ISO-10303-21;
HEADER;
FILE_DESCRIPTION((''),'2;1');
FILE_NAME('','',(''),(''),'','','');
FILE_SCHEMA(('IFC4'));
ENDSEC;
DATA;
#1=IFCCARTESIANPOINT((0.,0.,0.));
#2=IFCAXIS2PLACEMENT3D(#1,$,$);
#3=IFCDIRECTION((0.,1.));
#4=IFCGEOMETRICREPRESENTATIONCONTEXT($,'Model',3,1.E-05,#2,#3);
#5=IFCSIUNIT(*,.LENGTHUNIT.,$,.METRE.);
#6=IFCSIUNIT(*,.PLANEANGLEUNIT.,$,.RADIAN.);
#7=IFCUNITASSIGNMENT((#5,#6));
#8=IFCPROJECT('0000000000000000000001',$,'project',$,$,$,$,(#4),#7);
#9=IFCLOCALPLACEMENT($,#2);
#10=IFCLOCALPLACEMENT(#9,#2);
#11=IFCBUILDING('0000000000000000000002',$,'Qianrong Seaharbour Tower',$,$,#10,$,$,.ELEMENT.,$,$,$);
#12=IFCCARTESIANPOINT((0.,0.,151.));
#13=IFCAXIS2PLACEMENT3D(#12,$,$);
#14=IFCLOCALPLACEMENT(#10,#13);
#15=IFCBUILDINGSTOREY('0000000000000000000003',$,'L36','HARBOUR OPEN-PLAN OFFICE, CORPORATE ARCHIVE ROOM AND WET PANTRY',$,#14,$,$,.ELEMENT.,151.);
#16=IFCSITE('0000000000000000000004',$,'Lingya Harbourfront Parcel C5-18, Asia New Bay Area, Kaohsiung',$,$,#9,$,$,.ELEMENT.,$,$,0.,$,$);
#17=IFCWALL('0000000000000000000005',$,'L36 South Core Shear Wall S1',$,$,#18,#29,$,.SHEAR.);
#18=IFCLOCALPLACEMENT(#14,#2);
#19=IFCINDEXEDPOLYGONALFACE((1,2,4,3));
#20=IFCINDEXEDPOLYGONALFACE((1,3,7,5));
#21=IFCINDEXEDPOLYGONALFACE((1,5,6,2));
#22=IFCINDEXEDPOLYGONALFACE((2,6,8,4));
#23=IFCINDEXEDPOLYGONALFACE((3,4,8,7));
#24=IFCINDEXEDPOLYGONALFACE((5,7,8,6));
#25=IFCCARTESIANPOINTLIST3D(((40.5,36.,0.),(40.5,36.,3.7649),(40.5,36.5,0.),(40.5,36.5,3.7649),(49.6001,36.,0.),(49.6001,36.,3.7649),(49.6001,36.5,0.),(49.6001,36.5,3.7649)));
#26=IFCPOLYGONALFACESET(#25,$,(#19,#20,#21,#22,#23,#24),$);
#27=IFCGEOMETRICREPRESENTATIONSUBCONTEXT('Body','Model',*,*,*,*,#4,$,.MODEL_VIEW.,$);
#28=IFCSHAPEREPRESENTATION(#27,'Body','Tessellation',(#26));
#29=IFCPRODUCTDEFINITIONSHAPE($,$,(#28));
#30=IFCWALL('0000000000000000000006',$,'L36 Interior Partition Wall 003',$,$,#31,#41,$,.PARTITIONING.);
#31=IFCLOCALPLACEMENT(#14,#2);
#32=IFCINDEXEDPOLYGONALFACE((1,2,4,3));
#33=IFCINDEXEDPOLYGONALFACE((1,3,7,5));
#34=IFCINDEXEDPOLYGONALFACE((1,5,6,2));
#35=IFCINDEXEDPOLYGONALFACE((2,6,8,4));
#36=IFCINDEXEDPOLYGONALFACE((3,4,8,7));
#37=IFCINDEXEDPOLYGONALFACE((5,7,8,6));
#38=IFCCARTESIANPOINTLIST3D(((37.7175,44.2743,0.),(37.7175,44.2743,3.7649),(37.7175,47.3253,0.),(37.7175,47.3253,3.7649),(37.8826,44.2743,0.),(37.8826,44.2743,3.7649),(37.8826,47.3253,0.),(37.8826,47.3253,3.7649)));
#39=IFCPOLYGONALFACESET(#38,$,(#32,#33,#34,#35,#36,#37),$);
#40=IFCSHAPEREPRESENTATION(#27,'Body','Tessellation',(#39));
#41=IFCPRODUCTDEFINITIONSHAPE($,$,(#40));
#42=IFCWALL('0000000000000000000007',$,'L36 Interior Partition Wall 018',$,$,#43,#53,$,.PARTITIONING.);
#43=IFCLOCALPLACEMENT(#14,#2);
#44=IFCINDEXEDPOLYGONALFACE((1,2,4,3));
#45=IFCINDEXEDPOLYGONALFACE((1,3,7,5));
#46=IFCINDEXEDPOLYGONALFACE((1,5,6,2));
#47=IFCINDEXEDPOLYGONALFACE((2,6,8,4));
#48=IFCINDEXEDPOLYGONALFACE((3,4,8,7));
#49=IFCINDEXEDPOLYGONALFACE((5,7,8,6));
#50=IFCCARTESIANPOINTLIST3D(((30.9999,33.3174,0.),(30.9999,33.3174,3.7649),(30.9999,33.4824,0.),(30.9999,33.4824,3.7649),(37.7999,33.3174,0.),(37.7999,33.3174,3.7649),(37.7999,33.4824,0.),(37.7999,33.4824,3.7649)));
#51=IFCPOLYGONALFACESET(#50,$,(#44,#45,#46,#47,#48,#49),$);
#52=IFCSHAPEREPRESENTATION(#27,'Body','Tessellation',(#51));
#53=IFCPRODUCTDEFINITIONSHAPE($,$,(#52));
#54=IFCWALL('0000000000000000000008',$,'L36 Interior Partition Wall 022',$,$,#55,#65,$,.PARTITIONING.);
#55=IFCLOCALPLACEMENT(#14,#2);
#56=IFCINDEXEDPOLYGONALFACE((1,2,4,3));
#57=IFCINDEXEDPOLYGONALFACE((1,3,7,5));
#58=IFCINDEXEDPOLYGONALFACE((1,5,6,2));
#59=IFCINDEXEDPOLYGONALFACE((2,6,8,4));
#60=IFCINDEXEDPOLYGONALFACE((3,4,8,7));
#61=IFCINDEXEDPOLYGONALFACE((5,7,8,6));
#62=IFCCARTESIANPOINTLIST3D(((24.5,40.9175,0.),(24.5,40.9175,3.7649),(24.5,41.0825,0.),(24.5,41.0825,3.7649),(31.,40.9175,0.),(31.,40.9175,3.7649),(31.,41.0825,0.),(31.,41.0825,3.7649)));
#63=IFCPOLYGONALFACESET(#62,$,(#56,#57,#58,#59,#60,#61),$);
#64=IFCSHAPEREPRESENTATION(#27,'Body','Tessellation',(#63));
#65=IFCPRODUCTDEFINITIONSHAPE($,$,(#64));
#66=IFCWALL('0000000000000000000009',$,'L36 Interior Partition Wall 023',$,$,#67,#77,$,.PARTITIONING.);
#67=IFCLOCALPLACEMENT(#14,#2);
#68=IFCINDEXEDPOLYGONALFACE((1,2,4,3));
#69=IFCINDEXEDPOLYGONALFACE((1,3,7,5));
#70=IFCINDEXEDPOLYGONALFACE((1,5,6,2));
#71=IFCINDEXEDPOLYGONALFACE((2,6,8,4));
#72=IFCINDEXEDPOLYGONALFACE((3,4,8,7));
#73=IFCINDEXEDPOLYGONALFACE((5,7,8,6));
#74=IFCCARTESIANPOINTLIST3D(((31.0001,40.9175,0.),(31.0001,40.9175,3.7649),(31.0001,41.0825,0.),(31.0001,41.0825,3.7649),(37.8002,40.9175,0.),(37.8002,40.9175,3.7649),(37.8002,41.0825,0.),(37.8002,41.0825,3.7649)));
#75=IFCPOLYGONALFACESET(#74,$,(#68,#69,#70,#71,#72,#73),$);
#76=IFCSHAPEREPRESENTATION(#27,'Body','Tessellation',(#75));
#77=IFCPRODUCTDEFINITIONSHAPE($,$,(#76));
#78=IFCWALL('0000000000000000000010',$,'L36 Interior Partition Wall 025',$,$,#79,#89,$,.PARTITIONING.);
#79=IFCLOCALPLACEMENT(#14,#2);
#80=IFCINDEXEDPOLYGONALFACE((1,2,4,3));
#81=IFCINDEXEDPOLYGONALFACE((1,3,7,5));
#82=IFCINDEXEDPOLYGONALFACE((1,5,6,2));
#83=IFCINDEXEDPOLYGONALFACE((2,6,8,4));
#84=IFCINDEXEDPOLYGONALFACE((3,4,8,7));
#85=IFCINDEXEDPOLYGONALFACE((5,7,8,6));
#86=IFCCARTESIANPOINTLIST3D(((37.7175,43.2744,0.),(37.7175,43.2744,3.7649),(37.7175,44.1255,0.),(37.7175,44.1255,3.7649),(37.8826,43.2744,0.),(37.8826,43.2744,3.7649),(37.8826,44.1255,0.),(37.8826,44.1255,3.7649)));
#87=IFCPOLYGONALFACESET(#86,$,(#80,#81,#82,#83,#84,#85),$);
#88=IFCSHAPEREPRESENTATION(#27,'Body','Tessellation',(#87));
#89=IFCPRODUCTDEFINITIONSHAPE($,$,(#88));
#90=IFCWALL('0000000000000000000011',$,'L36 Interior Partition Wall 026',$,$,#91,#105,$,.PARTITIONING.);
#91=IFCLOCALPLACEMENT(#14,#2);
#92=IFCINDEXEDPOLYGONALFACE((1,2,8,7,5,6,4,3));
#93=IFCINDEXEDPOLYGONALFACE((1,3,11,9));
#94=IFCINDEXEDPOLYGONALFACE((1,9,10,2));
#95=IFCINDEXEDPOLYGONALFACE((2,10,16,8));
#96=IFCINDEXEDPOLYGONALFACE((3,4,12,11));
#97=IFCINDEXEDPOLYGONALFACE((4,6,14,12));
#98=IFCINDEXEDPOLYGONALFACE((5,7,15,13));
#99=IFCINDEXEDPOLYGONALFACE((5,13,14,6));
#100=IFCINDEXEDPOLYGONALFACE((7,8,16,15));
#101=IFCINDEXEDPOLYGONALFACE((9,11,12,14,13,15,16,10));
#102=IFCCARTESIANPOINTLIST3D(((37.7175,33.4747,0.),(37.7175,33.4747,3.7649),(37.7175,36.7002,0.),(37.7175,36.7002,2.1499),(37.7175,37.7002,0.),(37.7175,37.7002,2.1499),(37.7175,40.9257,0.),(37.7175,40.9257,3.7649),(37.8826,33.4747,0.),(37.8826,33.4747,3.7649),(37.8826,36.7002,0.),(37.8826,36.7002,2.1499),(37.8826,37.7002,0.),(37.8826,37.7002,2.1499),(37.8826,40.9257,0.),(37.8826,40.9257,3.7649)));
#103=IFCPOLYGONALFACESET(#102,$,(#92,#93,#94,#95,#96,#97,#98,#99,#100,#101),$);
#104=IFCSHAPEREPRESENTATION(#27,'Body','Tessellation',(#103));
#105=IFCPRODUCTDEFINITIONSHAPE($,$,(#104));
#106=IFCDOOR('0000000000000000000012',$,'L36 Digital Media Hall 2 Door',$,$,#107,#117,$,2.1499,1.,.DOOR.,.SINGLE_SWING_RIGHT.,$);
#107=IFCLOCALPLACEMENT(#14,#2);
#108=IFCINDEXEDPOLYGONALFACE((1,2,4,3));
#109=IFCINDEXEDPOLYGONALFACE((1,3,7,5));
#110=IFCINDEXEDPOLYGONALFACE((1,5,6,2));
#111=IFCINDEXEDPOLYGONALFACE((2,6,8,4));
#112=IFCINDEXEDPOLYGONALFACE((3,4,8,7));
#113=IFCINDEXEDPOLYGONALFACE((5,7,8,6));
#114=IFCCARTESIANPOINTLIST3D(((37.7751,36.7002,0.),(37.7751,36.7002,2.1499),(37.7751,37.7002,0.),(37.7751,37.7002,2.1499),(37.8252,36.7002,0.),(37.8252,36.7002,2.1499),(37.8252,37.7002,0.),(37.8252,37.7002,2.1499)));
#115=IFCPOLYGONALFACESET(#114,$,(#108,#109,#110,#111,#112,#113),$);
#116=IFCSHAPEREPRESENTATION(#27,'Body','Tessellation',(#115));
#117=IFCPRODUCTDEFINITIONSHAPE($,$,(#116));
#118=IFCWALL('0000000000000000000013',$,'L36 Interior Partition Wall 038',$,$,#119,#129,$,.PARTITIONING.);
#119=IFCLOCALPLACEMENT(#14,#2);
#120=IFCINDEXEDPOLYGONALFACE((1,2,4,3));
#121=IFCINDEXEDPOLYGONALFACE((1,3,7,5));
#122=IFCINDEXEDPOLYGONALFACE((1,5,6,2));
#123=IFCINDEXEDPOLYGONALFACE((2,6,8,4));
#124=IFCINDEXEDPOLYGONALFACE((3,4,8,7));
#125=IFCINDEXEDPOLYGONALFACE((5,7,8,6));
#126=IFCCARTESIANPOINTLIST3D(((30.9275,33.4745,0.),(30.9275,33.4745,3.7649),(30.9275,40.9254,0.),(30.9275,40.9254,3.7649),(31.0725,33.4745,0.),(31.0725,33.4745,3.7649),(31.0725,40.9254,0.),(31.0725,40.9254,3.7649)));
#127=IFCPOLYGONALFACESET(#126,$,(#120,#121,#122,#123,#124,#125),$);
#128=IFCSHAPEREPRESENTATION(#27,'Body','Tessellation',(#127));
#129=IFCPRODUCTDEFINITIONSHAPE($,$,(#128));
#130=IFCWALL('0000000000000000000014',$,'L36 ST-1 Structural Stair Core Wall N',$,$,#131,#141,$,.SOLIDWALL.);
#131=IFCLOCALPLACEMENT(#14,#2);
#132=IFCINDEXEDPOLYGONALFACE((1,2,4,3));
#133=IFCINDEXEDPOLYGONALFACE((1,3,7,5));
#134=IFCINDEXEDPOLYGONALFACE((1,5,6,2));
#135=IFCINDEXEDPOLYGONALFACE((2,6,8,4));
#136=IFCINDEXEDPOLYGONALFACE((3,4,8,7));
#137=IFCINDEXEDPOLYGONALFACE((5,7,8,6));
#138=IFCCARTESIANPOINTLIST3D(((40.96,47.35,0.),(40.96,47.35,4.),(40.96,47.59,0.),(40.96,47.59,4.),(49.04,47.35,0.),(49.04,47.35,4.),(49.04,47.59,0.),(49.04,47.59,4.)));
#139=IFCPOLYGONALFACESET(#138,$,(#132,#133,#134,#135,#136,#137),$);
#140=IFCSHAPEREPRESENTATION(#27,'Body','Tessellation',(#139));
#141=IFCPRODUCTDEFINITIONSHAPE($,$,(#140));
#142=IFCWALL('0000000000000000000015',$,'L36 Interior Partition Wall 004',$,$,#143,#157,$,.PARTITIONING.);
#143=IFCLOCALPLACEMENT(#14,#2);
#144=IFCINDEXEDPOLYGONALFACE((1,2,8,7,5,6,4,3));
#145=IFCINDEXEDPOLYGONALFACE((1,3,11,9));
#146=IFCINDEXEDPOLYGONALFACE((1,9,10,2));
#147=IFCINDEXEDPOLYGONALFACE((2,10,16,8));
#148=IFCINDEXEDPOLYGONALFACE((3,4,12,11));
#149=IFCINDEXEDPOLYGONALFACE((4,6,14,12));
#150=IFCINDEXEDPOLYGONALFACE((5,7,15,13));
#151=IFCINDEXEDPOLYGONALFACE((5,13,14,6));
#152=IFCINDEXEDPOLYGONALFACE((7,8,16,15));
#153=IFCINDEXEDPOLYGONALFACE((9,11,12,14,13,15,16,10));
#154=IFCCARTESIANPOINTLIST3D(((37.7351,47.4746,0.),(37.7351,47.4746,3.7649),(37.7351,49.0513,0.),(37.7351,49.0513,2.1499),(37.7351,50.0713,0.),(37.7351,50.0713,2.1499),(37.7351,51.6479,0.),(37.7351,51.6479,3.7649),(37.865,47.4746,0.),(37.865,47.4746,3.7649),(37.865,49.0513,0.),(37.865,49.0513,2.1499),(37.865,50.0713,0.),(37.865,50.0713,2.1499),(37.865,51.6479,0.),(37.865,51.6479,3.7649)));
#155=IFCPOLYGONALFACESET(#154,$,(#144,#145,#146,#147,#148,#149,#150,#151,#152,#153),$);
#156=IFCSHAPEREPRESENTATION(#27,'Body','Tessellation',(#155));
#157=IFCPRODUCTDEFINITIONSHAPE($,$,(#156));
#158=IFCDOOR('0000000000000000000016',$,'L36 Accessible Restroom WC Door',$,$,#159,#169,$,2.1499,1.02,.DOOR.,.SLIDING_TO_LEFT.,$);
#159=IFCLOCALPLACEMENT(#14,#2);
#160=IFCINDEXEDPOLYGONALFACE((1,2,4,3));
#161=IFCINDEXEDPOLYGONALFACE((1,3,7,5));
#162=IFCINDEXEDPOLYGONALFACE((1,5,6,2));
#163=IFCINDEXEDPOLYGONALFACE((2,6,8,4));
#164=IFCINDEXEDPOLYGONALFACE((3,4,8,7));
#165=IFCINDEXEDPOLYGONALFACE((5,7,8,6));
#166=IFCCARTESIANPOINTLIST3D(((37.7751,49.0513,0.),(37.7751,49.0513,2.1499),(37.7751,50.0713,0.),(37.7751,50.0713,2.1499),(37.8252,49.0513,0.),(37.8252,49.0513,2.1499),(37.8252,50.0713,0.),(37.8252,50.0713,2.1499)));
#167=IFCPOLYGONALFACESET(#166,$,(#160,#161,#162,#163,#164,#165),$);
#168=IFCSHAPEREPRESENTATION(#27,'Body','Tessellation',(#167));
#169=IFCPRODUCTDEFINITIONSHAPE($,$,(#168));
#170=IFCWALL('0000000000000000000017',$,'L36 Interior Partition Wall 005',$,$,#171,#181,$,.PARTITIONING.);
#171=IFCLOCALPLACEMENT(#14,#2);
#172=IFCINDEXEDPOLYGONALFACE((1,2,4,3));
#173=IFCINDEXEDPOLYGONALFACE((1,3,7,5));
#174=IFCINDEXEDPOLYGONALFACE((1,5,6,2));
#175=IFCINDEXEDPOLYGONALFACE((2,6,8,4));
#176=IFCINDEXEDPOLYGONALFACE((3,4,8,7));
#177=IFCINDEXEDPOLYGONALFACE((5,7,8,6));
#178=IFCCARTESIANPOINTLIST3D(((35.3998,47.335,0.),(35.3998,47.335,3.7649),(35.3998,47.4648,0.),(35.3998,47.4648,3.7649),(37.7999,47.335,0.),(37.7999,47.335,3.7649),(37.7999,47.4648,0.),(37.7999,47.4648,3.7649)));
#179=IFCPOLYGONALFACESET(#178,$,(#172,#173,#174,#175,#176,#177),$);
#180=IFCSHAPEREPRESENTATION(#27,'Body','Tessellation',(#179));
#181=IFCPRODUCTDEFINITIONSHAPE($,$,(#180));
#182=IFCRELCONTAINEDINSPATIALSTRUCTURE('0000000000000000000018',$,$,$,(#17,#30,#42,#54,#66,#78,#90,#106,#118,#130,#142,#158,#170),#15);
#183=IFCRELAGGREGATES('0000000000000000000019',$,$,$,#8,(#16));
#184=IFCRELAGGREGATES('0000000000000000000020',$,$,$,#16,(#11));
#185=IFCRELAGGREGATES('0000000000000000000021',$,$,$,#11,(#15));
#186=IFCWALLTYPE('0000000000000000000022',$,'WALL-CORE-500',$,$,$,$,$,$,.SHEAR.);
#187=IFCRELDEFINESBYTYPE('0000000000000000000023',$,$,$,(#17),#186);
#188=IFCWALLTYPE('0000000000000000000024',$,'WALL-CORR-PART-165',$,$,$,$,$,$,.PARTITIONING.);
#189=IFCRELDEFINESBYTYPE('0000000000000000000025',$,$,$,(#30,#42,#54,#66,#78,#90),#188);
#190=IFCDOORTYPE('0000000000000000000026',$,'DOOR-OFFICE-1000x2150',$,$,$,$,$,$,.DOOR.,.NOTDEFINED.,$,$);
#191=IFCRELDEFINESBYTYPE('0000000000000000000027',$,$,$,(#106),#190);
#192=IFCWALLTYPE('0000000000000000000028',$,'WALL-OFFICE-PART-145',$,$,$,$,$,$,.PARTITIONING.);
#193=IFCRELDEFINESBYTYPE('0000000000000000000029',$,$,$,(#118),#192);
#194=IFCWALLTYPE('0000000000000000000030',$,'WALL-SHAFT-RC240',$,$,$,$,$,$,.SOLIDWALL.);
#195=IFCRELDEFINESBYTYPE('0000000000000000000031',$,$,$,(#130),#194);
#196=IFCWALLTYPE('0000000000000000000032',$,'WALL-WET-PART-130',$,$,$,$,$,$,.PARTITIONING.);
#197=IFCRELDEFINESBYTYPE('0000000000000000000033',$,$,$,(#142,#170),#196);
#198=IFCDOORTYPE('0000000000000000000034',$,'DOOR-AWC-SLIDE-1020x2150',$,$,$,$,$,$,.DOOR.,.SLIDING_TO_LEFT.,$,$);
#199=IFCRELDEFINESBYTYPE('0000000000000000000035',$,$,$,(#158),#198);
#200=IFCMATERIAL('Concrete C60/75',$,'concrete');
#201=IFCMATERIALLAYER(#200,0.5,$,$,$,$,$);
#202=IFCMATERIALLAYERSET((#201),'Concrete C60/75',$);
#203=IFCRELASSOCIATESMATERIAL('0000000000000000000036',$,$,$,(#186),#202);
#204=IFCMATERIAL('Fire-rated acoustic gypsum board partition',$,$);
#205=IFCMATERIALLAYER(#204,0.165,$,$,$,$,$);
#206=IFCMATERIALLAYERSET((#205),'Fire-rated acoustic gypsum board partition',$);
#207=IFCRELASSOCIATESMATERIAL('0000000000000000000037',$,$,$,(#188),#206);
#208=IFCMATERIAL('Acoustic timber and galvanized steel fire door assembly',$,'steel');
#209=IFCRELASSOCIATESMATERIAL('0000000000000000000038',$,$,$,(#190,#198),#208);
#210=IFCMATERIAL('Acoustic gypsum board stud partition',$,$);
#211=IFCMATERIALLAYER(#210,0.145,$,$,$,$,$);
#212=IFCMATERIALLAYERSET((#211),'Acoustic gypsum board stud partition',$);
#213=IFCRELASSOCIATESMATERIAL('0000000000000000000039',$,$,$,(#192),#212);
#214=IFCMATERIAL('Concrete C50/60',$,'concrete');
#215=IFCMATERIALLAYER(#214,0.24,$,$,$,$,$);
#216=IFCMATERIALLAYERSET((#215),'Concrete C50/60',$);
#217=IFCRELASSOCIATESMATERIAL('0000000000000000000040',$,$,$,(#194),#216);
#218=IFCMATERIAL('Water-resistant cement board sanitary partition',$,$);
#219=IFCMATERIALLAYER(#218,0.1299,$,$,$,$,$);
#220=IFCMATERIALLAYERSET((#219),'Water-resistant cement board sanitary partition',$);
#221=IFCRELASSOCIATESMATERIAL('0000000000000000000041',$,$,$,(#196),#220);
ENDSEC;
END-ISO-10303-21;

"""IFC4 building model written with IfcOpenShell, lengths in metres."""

from ifc_helpers import new_model, si_unit, direction, frame, frame_2d, origin, place, context, subcontext, project, spatial, rectangle, extrude, material, layer, layer_set, type_object, element, fill, save


model = new_model("IFC4")

# Units and contexts
model_context = context("Model", 3, precision=1e-05, world=origin(), true_north=direction((0.0, 1.0)))
body_context = subcontext(model_context, "Body", "Model", "MODEL_VIEW")
ifc_project = project(units=[si_unit("LENGTHUNIT", "METRE"), si_unit("PLANEANGLEUNIT", "RADIAN")], contexts=[model_context])

# Site, building, storey
site_placement = place(None, origin())
site = spatial("IfcSite", under=ifc_project, at=site_placement, Name="Lingya Harbourfront Parcel C5-18, Asia New Bay Area, Kaohsiung", CompositionType="ELEMENT", RefElevation=0.0)
building_placement = place(site_placement, origin())
building = spatial("IfcBuilding", under=site, at=building_placement, Name="Qianrong Seaharbour Tower", CompositionType="ELEMENT")
storey_placement = place(building_placement, frame((0.0, 0.0, 151.0)))
storey = spatial("IfcBuildingStorey", under=building, at=storey_placement, Name="L36", Description="HARBOUR OPEN-PLAN OFFICE, CORPORATE ARCHIVE ROOM AND WET PANTRY", CompositionType="ELEMENT", Elevation=151.0)

# Wall
ifc_material_1 = material(Name="Concrete C60/75", Category="concrete")
ifc_layer_1 = layer(ifc_material_1, 0.5)
ifc_layer_set_1 = layer_set([ifc_layer_1], Name="Concrete C60/75")
wall_type_1 = type_object("IfcWallType", Name="WALL-CORE-500", PredefinedType="SHEAR", material=ifc_layer_set_1)
wall_1_placement = place(storey_placement, frame((40.5, 36.25, 0.0), z_axis=(0.0, 0.0, 1.0), x_axis=(1.0, 0.0, 0.0)))
element("IfcWall", 1, at=wall_1_placement, inside=storey, type_object=wall_type_1, Name="L36 South Core Shear Wall S1", PredefinedType="SHEAR", context=body_context, shape_type="SweptSolid", body=[
    extrude(rectangle(XDim=9.1001, YDim=0.5, at=frame_2d((4.55, 0.0))), origin(), (0.0, 0.0, 1.0), 3.7649),
])

# Shared definitions
ifc_material_2 = material(Name="Fire-rated acoustic gypsum board partition")
ifc_layer_2 = layer(ifc_material_2, 0.165)
ifc_layer_set_2 = layer_set([ifc_layer_2], Name="Fire-rated acoustic gypsum board partition")
wall_type_2 = type_object("IfcWallType", Name="WALL-CORR-PART-165", PredefinedType="PARTITIONING", material=ifc_layer_set_2)
ifc_material_3 = material(Name="Acoustic timber and galvanized steel fire door assembly", Category="steel")

# Walls
wall_2_placement = place(storey_placement, frame((37.8, 44.2744, 0.0), z_axis=(0.0, 0.0, 1.0), x_axis=(0.0, 1.0, 0.0)))
element("IfcWall", 2, at=wall_2_placement, inside=storey, type_object=wall_type_2, Name="L36 Interior Partition Wall 003", PredefinedType="PARTITIONING", context=body_context, shape_type="SweptSolid", body=[
    extrude(rectangle(XDim=3.051, YDim=0.165, at=frame_2d((1.5254, 0.0))), origin(), (0.0, 0.0, 1.0), 3.7649),
])
wall_3_placement = place(storey_placement, frame((31.0, 33.3999, 0.0), z_axis=(0.0, 0.0, 1.0), x_axis=(1.0, 0.0, 0.0)))
element("IfcWall", 3, at=wall_3_placement, inside=storey, type_object=wall_type_2, Name="L36 Interior Partition Wall 018", PredefinedType="PARTITIONING", context=body_context, shape_type="SweptSolid", body=[
    extrude(rectangle(XDim=6.8, YDim=0.165, at=frame_2d((3.3999, 0.0))), origin(), (0.0, 0.0, 1.0), 3.7649),
])
wall_4_placement = place(storey_placement, frame((31.0, 41.0, 0.0), z_axis=(0.0, 0.0, 1.0), x_axis=(-1.0, 0.0, 0.0)))
element("IfcWall", 4, at=wall_4_placement, inside=storey, type_object=wall_type_2, Name="L36 Interior Partition Wall 022", PredefinedType="PARTITIONING", context=body_context, shape_type="SweptSolid", body=[
    extrude(rectangle(XDim=6.5, YDim=0.165, at=frame_2d((3.25, 0.0))), origin(), (0.0, 0.0, 1.0), 3.7649),
])
wall_5_placement = place(storey_placement, frame((37.8, 41.0, 0.0), z_axis=(0.0, 0.0, 1.0), x_axis=(-1.0, 0.0, 0.0)))
element("IfcWall", 5, at=wall_5_placement, inside=storey, type_object=wall_type_2, Name="L36 Interior Partition Wall 023", PredefinedType="PARTITIONING", context=body_context, shape_type="SweptSolid", body=[
    extrude(rectangle(XDim=6.8, YDim=0.165, at=frame_2d((3.3999, 0.0))), origin(), (0.0, 0.0, 1.0), 3.7649),
])
wall_6_placement = place(storey_placement, frame((37.8, 43.2744, 0.0), z_axis=(0.0, 0.0, 1.0), x_axis=(0.0, 1.0, 0.0)))
element("IfcWall", 6, at=wall_6_placement, inside=storey, type_object=wall_type_2, Name="L36 Interior Partition Wall 025", PredefinedType="PARTITIONING", context=body_context, shape_type="SweptSolid", body=[
    extrude(rectangle(XDim=0.8511, YDim=0.165, at=frame_2d((0.4255, 0.0))), origin(), (0.0, 0.0, 1.0), 3.7649),
])

# Wall, opening, door
wall_7_placement = place(storey_placement, frame((37.8, 33.4746, 0.0), z_axis=(0.0, 0.0, 1.0), x_axis=(0.0, 1.0, 0.0)))
wall_7 = element("IfcWall", 7, at=wall_7_placement, inside=storey, type_object=wall_type_2, Name="L36 Interior Partition Wall 026", PredefinedType="PARTITIONING", context=body_context, shape_type="SweptSolid", body=[
    extrude(rectangle(XDim=7.4509, YDim=0.165, at=frame_2d((3.7256, 0.0))), origin(), (0.0, 0.0, 1.0), 3.7649),
])
opening_1_placement = place(wall_7_placement, frame((3.2256, 0.0, 0.0)))
opening_1 = element("IfcOpeningElement", 8, at=opening_1_placement, cuts=wall_7, PredefinedType="OPENING", context=body_context, shape_type="SweptSolid", body=[
    extrude(rectangle(XDim=1.0, YDim=2.1499, at=frame_2d((0.5, 1.075))), frame((0.0, 0.0925, 0.0), z_axis=(0.0, -1.0, 0.0), x_axis=(1.0, 0.0, 0.0)), (0.0, 0.0, 1.0), 0.1851),
])
door_type_1 = type_object("IfcDoorType", Name="DOOR-OFFICE-1000x2150", OperationType="NOTDEFINED", PredefinedType="DOOR", material=ifc_material_3)
door_1_placement = place(opening_1_placement, origin())
door_1 = element("IfcDoor", 9, at=door_1_placement, inside=storey, type_object=door_type_1, Name="L36 Digital Media Hall 2 Door", OperationType="SINGLE_SWING_RIGHT", OverallHeight=2.1499, OverallWidth=1.0, PredefinedType="DOOR", context=body_context, shape_type="SweptSolid", body=[
    extrude(rectangle(XDim=1.0, YDim=2.1499, at=frame_2d((0.5, 1.075))), frame((0.0, 0.0249, 0.0), z_axis=(0.0, -1.0, 0.0), x_axis=(1.0, 0.0, 0.0)), (0.0, 0.0, 1.0), 0.05),
])
fill(opening_1, door_1)

# Walls
ifc_material_4 = material(Name="Acoustic gypsum board stud partition")
ifc_layer_3 = layer(ifc_material_4, 0.145)
ifc_layer_set_3 = layer_set([ifc_layer_3], Name="Acoustic gypsum board stud partition")
wall_type_3 = type_object("IfcWallType", Name="WALL-OFFICE-PART-145", PredefinedType="PARTITIONING", material=ifc_layer_set_3)
wall_8_placement = place(storey_placement, frame((31.0, 40.9255, 0.0), z_axis=(0.0, 0.0, 1.0), x_axis=(0.0, -1.0, 0.0)))
element("IfcWall", 10, at=wall_8_placement, inside=storey, type_object=wall_type_3, Name="L36 Interior Partition Wall 038", PredefinedType="PARTITIONING", context=body_context, shape_type="SweptSolid", body=[
    extrude(rectangle(XDim=7.4509, YDim=0.145, at=frame_2d((3.7256, 0.0))), origin(), (0.0, 0.0, 1.0), 3.7649),
])
ifc_material_5 = material(Name="Concrete C50/60", Category="concrete")
ifc_layer_4 = layer(ifc_material_5, 0.24)
ifc_layer_set_4 = layer_set([ifc_layer_4], Name="Concrete C50/60")
wall_type_4 = type_object("IfcWallType", Name="WALL-SHAFT-RC240", PredefinedType="SOLIDWALL", material=ifc_layer_set_4)
wall_9_placement = place(storey_placement, frame((40.96, 47.47, 0.0), z_axis=(0.0, 0.0, 1.0), x_axis=(1.0, 0.0, 0.0)))
element("IfcWall", 11, at=wall_9_placement, inside=storey, type_object=wall_type_4, Name="L36 ST-1 Structural Stair Core Wall N", PredefinedType="SOLIDWALL", context=body_context, shape_type="SweptSolid", body=[
    extrude(rectangle(XDim=8.0801, YDim=0.24, at=frame_2d((4.04, 0.0))), origin(), (0.0, 0.0, 1.0), 4.0),
])

# Wall, opening, door
ifc_material_6 = material(Name="Water-resistant cement board sanitary partition")
ifc_layer_5 = layer(ifc_material_6, 0.1299)
ifc_layer_set_5 = layer_set([ifc_layer_5], Name="Water-resistant cement board sanitary partition")
wall_type_5 = type_object("IfcWallType", Name="WALL-WET-PART-130", PredefinedType="PARTITIONING", material=ifc_layer_set_5)
wall_10_placement = place(storey_placement, frame((37.8, 47.4746, 0.0), z_axis=(0.0, 0.0, 1.0), x_axis=(0.0, 1.0, 0.0)))
wall_10 = element("IfcWall", 12, at=wall_10_placement, inside=storey, type_object=wall_type_5, Name="L36 Interior Partition Wall 004", PredefinedType="PARTITIONING", context=body_context, shape_type="SweptSolid", body=[
    extrude(rectangle(XDim=4.1733, YDim=0.1299, at=frame_2d((2.0867, 0.0))), origin(), (0.0, 0.0, 1.0), 3.7649),
])
opening_2_placement = place(wall_10_placement, frame((1.5767, 0.0, 0.0)))
opening_2 = element("IfcOpeningElement", 13, at=opening_2_placement, cuts=wall_10, PredefinedType="OPENING", context=body_context, shape_type="SweptSolid", body=[
    extrude(rectangle(XDim=1.02, YDim=2.1499, at=frame_2d((0.51, 1.075))), frame((0.0, 0.075, 0.0), z_axis=(0.0, -1.0, 0.0), x_axis=(1.0, 0.0, 0.0)), (0.0, 0.0, 1.0), 0.1499),
])
door_type_2 = type_object("IfcDoorType", Name="DOOR-AWC-SLIDE-1020x2150", OperationType="SLIDING_TO_LEFT", PredefinedType="DOOR", material=ifc_material_3)
door_2_placement = place(opening_2_placement, origin())
door_2 = element("IfcDoor", 14, at=door_2_placement, inside=storey, type_object=door_type_2, Name="L36 Accessible Restroom WC Door", OperationType="SLIDING_TO_LEFT", OverallHeight=2.1499, OverallWidth=1.02, PredefinedType="DOOR", context=body_context, shape_type="SweptSolid", body=[
    extrude(rectangle(XDim=1.02, YDim=2.1499, at=frame_2d((0.51, 1.075))), frame((0.0, 0.0249, 0.0), z_axis=(0.0, -1.0, 0.0), x_axis=(1.0, 0.0, 0.0)), (0.0, 0.0, 1.0), 0.05),
])
fill(opening_2, door_2)

# Wall
wall_11_placement = place(storey_placement, frame((37.8, 47.3999, 0.0), z_axis=(0.0, 0.0, 1.0), x_axis=(-1.0, 0.0, 0.0)))
element("IfcWall", 15, at=wall_11_placement, inside=storey, type_object=wall_type_5, Name="L36 Interior Partition Wall 005", PredefinedType="PARTITIONING", context=body_context, shape_type="SweptSolid", body=[
    extrude(rectangle(XDim=2.4001, YDim=0.1299, at=frame_2d((1.2002, 0.0))), origin(), (0.0, 0.0, 1.0), 3.7649),
])

save(model, "model.ifc")
